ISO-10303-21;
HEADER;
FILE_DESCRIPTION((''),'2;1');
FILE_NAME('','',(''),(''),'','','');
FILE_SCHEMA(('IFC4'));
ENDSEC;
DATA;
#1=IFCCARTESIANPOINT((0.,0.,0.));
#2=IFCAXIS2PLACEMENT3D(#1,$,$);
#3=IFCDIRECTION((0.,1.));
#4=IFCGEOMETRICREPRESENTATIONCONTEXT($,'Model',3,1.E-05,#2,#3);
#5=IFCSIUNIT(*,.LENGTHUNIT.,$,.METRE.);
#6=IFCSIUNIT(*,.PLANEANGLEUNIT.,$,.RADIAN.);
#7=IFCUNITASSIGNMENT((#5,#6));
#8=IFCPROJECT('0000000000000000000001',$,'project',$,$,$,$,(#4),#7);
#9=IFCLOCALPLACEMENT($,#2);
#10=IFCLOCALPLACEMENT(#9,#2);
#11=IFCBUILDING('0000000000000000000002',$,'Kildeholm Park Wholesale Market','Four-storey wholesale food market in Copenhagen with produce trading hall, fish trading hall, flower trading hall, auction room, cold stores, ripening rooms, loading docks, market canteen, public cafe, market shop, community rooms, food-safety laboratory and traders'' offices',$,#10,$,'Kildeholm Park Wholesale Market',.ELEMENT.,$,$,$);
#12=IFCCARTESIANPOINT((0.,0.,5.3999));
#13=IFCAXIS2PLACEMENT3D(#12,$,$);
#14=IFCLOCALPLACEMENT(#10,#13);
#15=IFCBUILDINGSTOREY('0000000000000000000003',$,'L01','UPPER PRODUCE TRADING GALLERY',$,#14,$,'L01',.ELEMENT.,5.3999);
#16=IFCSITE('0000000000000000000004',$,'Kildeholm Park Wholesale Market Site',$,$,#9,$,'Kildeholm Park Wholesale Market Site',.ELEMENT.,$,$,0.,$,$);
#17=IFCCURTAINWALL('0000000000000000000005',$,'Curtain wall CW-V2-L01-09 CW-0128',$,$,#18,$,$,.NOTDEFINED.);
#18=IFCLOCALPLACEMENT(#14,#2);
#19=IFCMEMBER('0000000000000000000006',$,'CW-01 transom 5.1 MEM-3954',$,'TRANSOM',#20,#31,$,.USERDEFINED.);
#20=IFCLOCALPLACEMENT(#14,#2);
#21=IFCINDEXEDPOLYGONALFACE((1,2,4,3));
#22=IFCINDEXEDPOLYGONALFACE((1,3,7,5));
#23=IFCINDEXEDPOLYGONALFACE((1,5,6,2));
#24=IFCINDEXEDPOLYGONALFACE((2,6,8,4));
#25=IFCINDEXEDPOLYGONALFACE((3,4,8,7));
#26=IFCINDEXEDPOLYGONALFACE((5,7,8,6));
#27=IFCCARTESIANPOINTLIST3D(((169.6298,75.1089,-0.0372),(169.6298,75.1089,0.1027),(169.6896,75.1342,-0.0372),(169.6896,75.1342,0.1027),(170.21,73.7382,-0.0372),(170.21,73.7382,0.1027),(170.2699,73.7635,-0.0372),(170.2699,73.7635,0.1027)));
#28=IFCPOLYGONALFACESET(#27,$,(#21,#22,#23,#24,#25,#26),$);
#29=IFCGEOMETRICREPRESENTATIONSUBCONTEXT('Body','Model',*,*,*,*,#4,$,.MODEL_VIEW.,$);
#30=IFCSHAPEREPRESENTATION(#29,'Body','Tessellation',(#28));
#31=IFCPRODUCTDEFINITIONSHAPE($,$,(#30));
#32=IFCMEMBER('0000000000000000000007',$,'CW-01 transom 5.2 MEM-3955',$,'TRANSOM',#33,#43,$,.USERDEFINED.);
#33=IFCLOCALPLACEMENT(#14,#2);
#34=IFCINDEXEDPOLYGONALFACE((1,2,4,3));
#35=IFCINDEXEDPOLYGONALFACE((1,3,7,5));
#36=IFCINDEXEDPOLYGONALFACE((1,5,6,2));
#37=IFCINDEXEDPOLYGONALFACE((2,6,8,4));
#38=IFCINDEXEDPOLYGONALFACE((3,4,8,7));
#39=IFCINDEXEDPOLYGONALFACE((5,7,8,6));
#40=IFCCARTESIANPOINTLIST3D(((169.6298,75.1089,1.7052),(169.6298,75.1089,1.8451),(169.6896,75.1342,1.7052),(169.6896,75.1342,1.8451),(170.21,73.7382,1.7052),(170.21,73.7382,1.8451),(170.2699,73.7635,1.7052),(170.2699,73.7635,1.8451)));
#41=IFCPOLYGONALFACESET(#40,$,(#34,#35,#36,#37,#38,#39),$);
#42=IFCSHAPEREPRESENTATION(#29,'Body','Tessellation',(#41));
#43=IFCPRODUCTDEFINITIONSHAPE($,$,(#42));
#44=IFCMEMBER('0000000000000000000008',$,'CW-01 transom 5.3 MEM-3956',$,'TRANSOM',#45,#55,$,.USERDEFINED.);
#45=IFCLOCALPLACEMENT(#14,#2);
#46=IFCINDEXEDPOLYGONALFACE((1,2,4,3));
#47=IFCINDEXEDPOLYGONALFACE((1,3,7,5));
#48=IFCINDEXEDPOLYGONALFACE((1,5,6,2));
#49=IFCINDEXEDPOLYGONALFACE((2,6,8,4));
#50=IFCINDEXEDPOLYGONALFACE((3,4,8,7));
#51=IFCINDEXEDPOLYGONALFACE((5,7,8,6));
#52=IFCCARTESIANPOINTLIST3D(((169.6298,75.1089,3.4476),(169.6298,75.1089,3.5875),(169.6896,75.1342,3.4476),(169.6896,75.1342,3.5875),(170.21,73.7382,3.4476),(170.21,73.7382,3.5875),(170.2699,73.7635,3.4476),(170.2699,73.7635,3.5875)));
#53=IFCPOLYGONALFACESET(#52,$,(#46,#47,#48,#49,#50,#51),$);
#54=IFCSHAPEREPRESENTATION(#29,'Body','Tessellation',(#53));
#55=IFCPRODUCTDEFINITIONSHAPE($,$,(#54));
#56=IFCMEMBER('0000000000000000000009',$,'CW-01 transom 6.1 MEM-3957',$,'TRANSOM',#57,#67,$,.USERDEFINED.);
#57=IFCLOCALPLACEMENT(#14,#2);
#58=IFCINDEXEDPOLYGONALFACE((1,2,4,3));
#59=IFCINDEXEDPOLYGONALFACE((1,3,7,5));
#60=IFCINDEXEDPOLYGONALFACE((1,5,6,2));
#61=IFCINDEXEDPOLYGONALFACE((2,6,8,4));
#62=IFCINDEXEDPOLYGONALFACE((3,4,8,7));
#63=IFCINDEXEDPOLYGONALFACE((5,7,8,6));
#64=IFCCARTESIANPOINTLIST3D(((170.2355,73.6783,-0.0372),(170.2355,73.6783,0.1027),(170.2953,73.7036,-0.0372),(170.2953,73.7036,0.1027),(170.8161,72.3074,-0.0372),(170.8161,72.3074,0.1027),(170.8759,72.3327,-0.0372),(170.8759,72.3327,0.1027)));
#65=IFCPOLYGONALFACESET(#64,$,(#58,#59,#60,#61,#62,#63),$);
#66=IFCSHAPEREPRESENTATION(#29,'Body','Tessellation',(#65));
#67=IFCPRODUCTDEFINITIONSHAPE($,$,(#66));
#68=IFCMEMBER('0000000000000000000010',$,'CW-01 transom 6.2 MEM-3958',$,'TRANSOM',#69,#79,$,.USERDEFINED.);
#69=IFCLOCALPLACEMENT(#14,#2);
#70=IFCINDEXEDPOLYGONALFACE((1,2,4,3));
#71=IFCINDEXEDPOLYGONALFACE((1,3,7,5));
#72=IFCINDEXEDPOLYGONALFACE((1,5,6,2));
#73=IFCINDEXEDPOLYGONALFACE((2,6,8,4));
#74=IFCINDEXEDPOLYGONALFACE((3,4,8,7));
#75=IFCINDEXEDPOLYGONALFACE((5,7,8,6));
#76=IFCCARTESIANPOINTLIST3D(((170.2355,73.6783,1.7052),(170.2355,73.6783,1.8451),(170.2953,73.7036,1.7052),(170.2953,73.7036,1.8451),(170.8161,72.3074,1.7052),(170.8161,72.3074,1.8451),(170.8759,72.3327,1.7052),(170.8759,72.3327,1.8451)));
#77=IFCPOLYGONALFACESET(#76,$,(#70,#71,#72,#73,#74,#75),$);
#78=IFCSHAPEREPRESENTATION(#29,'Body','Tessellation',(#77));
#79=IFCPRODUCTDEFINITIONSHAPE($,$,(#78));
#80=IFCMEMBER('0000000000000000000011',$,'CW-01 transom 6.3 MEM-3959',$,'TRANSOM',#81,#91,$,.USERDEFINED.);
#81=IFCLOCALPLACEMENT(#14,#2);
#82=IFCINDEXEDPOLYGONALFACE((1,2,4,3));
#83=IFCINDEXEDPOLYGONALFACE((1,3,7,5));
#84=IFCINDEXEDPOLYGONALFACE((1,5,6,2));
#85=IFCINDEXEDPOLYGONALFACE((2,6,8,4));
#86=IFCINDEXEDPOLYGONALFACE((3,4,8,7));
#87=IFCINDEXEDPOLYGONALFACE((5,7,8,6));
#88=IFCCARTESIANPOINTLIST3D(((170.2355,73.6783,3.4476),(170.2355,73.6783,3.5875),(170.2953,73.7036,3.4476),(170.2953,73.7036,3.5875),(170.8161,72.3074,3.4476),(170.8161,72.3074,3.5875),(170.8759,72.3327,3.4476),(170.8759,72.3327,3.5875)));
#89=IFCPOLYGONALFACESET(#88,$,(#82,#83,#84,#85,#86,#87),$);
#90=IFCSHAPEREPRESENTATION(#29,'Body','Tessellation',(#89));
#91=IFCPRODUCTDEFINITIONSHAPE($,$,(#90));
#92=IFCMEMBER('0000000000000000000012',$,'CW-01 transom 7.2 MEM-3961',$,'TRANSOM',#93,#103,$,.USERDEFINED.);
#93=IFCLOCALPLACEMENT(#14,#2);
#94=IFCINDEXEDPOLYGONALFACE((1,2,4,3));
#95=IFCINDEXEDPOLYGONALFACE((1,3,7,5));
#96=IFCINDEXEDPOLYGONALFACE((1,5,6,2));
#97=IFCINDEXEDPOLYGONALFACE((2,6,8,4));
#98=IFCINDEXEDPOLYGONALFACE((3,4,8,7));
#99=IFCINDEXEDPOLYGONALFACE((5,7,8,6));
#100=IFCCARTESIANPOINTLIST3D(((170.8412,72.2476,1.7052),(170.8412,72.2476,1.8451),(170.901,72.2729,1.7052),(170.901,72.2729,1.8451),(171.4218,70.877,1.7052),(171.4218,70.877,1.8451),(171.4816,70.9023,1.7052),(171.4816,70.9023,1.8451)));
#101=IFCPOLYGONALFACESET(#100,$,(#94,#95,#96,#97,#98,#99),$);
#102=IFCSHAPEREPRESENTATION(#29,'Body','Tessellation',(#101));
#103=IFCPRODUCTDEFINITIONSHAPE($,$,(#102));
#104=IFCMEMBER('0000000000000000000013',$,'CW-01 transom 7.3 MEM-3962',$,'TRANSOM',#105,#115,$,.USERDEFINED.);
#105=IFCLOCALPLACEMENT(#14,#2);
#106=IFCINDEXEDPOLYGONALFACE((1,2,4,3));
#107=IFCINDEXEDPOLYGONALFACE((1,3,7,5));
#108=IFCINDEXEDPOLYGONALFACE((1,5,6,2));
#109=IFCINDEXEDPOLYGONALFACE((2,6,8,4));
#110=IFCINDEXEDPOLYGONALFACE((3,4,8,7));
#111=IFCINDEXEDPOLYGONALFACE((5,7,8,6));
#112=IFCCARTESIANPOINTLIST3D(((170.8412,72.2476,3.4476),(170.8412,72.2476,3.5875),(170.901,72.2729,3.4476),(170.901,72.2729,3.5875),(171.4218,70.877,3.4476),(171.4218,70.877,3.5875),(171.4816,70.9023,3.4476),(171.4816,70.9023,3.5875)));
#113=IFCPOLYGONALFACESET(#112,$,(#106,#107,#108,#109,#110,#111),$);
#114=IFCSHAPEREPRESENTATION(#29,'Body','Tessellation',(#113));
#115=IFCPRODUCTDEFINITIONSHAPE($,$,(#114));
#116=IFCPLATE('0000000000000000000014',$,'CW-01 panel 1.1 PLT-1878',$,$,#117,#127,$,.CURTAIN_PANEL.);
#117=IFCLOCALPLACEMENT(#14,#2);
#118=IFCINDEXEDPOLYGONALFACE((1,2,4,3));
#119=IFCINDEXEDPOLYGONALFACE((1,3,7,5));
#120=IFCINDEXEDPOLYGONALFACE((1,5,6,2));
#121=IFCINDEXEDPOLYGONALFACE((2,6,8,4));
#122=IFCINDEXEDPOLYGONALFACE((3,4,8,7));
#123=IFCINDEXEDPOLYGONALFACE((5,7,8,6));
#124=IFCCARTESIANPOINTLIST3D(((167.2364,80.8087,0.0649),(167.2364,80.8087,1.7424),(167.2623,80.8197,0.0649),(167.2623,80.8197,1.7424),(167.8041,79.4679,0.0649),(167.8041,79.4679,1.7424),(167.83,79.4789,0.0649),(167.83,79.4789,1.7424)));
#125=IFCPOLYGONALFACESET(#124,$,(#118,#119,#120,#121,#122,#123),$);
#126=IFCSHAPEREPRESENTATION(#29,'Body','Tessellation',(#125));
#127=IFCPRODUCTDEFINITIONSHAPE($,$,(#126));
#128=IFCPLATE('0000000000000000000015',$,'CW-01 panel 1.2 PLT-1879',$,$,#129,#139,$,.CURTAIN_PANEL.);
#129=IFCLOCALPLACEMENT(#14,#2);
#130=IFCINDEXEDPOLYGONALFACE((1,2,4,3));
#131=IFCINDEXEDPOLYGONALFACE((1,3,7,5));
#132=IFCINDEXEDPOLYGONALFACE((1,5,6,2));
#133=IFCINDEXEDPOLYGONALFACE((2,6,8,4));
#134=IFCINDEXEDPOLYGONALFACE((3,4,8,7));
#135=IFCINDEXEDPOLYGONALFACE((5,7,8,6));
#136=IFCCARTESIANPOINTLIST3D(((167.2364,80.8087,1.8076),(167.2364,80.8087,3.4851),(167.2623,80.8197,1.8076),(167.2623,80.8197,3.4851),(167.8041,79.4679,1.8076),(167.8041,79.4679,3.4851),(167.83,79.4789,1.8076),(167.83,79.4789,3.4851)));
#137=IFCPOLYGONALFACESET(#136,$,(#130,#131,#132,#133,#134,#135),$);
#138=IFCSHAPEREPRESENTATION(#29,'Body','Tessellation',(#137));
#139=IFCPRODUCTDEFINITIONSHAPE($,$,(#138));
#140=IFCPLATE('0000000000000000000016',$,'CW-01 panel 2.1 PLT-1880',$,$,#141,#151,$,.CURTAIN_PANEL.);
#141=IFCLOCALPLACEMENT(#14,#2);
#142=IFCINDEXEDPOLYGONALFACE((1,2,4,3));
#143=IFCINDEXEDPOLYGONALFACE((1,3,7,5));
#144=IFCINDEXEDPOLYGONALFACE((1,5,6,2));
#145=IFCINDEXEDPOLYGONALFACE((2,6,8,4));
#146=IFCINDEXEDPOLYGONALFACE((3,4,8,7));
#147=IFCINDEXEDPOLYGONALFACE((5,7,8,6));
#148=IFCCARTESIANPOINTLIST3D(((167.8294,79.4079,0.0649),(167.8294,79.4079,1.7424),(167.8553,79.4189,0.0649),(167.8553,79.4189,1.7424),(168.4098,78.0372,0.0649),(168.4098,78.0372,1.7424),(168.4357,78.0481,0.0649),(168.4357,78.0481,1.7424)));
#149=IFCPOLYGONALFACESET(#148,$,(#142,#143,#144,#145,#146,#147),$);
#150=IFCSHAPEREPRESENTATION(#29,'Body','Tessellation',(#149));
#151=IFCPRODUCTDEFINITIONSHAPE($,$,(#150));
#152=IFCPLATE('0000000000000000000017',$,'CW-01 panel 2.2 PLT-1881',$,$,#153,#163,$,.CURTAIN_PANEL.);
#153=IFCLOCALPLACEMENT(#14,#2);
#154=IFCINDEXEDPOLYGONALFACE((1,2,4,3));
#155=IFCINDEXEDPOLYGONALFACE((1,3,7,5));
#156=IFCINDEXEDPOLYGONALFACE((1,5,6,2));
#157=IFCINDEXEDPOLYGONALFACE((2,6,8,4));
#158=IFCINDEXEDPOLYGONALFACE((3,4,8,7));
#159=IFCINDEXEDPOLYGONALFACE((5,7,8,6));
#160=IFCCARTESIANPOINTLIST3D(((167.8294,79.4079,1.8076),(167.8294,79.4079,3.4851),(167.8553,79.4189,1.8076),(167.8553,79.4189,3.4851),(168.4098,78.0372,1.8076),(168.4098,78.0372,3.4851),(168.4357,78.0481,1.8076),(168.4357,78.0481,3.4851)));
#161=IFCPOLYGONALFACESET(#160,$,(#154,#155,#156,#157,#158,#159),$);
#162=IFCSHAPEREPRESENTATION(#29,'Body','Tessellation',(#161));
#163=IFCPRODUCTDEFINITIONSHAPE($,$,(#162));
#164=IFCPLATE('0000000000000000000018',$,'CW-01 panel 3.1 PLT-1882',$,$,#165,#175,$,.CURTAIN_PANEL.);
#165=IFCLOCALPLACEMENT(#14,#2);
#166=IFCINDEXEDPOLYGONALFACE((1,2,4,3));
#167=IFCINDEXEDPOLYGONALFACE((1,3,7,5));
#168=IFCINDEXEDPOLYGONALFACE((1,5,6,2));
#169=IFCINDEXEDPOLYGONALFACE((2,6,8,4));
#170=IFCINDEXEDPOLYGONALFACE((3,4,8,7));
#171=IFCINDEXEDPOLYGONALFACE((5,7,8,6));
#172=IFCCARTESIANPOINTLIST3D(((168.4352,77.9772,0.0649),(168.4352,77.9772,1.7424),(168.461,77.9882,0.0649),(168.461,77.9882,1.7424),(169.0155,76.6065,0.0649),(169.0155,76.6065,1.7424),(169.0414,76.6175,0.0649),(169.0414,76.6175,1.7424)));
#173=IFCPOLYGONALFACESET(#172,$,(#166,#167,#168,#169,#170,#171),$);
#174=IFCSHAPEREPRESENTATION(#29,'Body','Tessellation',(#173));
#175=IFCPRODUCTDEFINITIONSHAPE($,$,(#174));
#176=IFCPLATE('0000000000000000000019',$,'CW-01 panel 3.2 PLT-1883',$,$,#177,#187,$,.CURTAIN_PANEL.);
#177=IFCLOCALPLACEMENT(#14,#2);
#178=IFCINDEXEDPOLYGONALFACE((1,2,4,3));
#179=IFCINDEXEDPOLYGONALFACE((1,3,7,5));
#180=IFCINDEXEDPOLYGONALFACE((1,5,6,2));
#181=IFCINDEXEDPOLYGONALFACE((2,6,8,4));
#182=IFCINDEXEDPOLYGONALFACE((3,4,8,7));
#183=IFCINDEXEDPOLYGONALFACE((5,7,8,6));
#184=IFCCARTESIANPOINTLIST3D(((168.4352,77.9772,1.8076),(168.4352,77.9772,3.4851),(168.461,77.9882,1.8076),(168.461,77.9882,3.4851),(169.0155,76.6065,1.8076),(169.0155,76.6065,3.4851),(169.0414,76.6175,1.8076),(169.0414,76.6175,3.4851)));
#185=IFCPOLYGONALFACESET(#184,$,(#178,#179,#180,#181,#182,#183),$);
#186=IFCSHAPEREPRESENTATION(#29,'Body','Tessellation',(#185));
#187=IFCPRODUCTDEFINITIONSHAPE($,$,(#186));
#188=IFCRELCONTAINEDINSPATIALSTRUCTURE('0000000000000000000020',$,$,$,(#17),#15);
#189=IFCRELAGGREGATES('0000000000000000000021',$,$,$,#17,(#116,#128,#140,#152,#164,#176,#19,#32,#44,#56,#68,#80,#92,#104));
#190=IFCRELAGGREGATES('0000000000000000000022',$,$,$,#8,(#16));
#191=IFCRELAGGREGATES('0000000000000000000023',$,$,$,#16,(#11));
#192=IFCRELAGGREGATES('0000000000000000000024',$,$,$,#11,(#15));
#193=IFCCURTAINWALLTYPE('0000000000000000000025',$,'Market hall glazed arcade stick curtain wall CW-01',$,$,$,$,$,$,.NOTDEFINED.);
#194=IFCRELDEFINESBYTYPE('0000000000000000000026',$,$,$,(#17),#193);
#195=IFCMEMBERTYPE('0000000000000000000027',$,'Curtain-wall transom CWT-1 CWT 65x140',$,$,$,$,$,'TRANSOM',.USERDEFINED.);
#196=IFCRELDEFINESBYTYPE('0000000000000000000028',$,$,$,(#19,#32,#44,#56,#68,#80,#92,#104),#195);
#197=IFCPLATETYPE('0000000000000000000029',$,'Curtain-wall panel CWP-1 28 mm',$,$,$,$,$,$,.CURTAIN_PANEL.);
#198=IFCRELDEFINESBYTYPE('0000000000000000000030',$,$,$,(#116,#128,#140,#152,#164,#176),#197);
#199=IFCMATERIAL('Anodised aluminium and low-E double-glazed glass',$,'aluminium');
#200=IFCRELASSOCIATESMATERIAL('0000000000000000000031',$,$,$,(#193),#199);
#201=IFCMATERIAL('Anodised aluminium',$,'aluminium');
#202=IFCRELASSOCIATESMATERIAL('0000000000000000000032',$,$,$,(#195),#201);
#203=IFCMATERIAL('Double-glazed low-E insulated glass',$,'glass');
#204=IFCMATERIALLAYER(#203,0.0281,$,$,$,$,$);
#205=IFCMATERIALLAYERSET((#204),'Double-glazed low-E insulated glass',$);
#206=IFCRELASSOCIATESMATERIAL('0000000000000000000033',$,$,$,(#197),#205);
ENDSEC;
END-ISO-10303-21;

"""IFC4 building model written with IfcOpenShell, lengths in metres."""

from ifc_helpers import new_model, si_unit, direction, frame, origin, origin_2d, place, context, subcontext, project, spatial, rectangle, extrude, material, layer, layer_set, material_profile, profile_set, type_object, element, aggregate, save


model = new_model("IFC4")

# Units and contexts
model_context = context("Model", 3, precision=1e-05, world=origin(), true_north=direction((0.0, 1.0)))
body_context = subcontext(model_context, "Body", "Model", "MODEL_VIEW")
ifc_project = project(units=[si_unit("LENGTHUNIT", "METRE"), si_unit("PLANEANGLEUNIT", "RADIAN")], contexts=[model_context])

# Site, building, storey
site_placement = place(None, origin())
site = spatial("IfcSite", under=ifc_project, at=site_placement, Name="Kildeholm Park Wholesale Market Site", LongName="Kildeholm Park Wholesale Market Site", CompositionType="ELEMENT", RefElevation=0.0)
building_placement = place(site_placement, origin())
building = spatial("IfcBuilding", under=site, at=building_placement, Name="Kildeholm Park Wholesale Market", Description="Four-storey wholesale food market in Copenhagen with produce trading hall, fish trading hall, flower trading hall, auction room, cold stores, ripening rooms, loading docks, market canteen, public cafe, market shop, community rooms, food-safety laboratory and traders' offices", LongName="Kildeholm Park Wholesale Market", CompositionType="ELEMENT")
storey_placement = place(building_placement, frame((0.0, 0.0, 5.3999)))
storey = spatial("IfcBuildingStorey", under=building, at=storey_placement, Name="L01", Description="UPPER PRODUCE TRADING GALLERY", LongName="L01", CompositionType="ELEMENT", Elevation=5.3999)

# Curtain wall, members, plates
ifc_material_1 = material(Name="Anodised aluminium and low-E double-glazed glass", Category="aluminium")
curtain_wall_type = type_object("IfcCurtainWallType", Name="Market hall glazed arcade stick curtain wall CW-01", PredefinedType="NOTDEFINED", material=ifc_material_1)
curtain_wall_placement = place(storey_placement, origin())
curtain_wall = element("IfcCurtainWall", 1, at=curtain_wall_placement, inside=storey, type_object=curtain_wall_type, Name="Curtain wall CW-V2-L01-09 CW-0128", PredefinedType="NOTDEFINED")
ifc_material_2 = material(Name="Anodised aluminium", Category="aluminium")
ifc_material_profile_1 = material_profile(ifc_material_2, rectangle(XDim=0.0649, YDim=0.1399, at=origin_2d()), Name="CWT 65x140")
ifc_profile_set_1 = profile_set([ifc_material_profile_1], Name="Anodised aluminium")
member_type_1 = type_object("IfcMemberType", Name="Curtain-wall transom CWT-1 CWT 65x140", ElementType="TRANSOM", PredefinedType="USERDEFINED", material=ifc_profile_set_1)
member_1_placement = place(storey_placement, frame((169.6597, 75.1216, 0.0327), z_axis=(0.389838, -0.920883, 0.0), x_axis=(0.920883, 0.389838, 0.0)))
member_1 = element("IfcMember", 2, at=member_1_placement, type_object=member_type_1, Name="CW-01 transom 5.1 MEM-3954", ObjectType="TRANSOM", PredefinedType="USERDEFINED", context=body_context, shape_type="SweptSolid", body=[
    extrude(rectangle(XDim=0.0649, YDim=0.1399, at=origin_2d()), origin(), (0.0, 0.0, 1.0), 1.4885),
])
member_2_placement = place(storey_placement, frame((169.6597, 75.1216, 1.7751), z_axis=(0.389838, -0.920883, 0.0), x_axis=(0.920883, 0.389838, 0.0)))
member_2 = element("IfcMember", 3, at=member_2_placement, type_object=member_type_1, Name="CW-01 transom 5.2 MEM-3955", ObjectType="TRANSOM", PredefinedType="USERDEFINED", context=body_context, shape_type="SweptSolid", body=[
    extrude(rectangle(XDim=0.0649, YDim=0.1399, at=origin_2d()), origin(), (0.0, 0.0, 1.0), 1.4885),
])
member_3_placement = place(storey_placement, frame((169.6597, 75.1216, 3.5176), z_axis=(0.389838, -0.920883, 0.0), x_axis=(0.920883, 0.389838, 0.0)))
member_3 = element("IfcMember", 4, at=member_3_placement, type_object=member_type_1, Name="CW-01 transom 5.3 MEM-3956", ObjectType="TRANSOM", PredefinedType="USERDEFINED", context=body_context, shape_type="SweptSolid", body=[
    extrude(rectangle(XDim=0.0649, YDim=0.1399, at=origin_2d()), origin(), (0.0, 0.0, 1.0), 1.4885),
])
member_4_placement = place(storey_placement, frame((170.2654, 73.6909, 0.0327), z_axis=(0.389977, -0.920825, 0.0), x_axis=(0.920825, 0.389977, 0.0)))
member_4 = element("IfcMember", 5, at=member_4_placement, type_object=member_type_1, Name="CW-01 transom 6.1 MEM-3957", ObjectType="TRANSOM", PredefinedType="USERDEFINED", context=body_context, shape_type="SweptSolid", body=[
    extrude(rectangle(XDim=0.0649, YDim=0.1399, at=origin_2d()), origin(), (0.0, 0.0, 1.0), 1.4888),
])
member_5_placement = place(storey_placement, frame((170.2654, 73.6909, 1.7751), z_axis=(0.389977, -0.920825, 0.0), x_axis=(0.920825, 0.389977, 0.0)))
member_5 = element("IfcMember", 6, at=member_5_placement, type_object=member_type_1, Name="CW-01 transom 6.2 MEM-3958", ObjectType="TRANSOM", PredefinedType="USERDEFINED", context=body_context, shape_type="SweptSolid", body=[
    extrude(rectangle(XDim=0.0649, YDim=0.1399, at=origin_2d()), origin(), (0.0, 0.0, 1.0), 1.4888),
])
member_6_placement = place(storey_placement, frame((170.2654, 73.6909, 3.5176), z_axis=(0.389977, -0.920825, 0.0), x_axis=(0.920825, 0.389977, 0.0)))
member_6 = element("IfcMember", 7, at=member_6_placement, type_object=member_type_1, Name="CW-01 transom 6.3 MEM-3959", ObjectType="TRANSOM", PredefinedType="USERDEFINED", context=body_context, shape_type="SweptSolid", body=[
    extrude(rectangle(XDim=0.0649, YDim=0.1399, at=origin_2d()), origin(), (0.0, 0.0, 1.0), 1.4888),
])
member_7_placement = place(storey_placement, frame((170.8711, 72.2603, 1.7751), z_axis=(0.390036, -0.9208, 0.0), x_axis=(0.9208, 0.390036, 0.0)))
member_7 = element("IfcMember", 8, at=member_7_placement, type_object=member_type_1, Name="CW-01 transom 7.2 MEM-3961", ObjectType="TRANSOM", PredefinedType="USERDEFINED", context=body_context, shape_type="SweptSolid", body=[
    extrude(rectangle(XDim=0.0649, YDim=0.1399, at=origin_2d()), origin(), (0.0, 0.0, 1.0), 1.4885),
])
member_8_placement = place(storey_placement, frame((170.8711, 72.2603, 3.5176), z_axis=(0.390036, -0.9208, 0.0), x_axis=(0.9208, 0.390036, 0.0)))
member_8 = element("IfcMember", 9, at=member_8_placement, type_object=member_type_1, Name="CW-01 transom 7.3 MEM-3962", ObjectType="TRANSOM", PredefinedType="USERDEFINED", context=body_context, shape_type="SweptSolid", body=[
    extrude(rectangle(XDim=0.0649, YDim=0.1399, at=origin_2d()), origin(), (0.0, 0.0, 1.0), 1.4885),
])
ifc_material_3 = material(Name="Double-glazed low-E insulated glass", Category="glass")
ifc_layer = layer(ifc_material_3, 0.0281)
ifc_layer_set = layer_set([ifc_layer], Name="Double-glazed low-E insulated glass")
plate_type = type_object("IfcPlateType", Name="Curtain-wall panel CWP-1 28 mm", PredefinedType="CURTAIN_PANEL", material=ifc_layer_set)
plate_1_placement = place(storey_placement, frame((167.5332, 80.1438, 0.0649), z_axis=(0.0, 0.0, 1.0), x_axis=(0.389905, -0.920855, 0.0)))
plate_1 = element("IfcPlate", 10, at=plate_1_placement, type_object=plate_type, Name="CW-01 panel 1.1 PLT-1878", PredefinedType="CURTAIN_PANEL", context=body_context, shape_type="SweptSolid", body=[
    extrude(rectangle(XDim=1.4561, YDim=0.0281, at=origin_2d()), origin(), (0.0, 0.0, 1.0), 1.6775),
])
plate_2_placement = place(storey_placement, frame((167.5332, 80.1438, 1.8076), z_axis=(0.0, 0.0, 1.0), x_axis=(0.389905, -0.920855, 0.0)))
plate_2 = element("IfcPlate", 11, at=plate_2_placement, type_object=plate_type, Name="CW-01 panel 1.2 PLT-1879", PredefinedType="CURTAIN_PANEL", context=body_context, shape_type="SweptSolid", body=[
    extrude(rectangle(XDim=1.4561, YDim=0.0281, at=origin_2d()), origin(), (0.0, 0.0, 1.0), 1.6775),
])
plate_3_placement = place(storey_placement, frame((168.1326, 78.728, 0.0649), z_axis=(0.0, 0.0, 1.0), x_axis=(0.389905, -0.920855, 0.0)))
plate_3 = element("IfcPlate", 12, at=plate_3_placement, type_object=plate_type, Name="CW-01 panel 2.1 PLT-1880", PredefinedType="CURTAIN_PANEL", context=body_context, shape_type="SweptSolid", body=[
    extrude(rectangle(XDim=1.4885, YDim=0.0281, at=origin_2d()), origin(), (0.0, 0.0, 1.0), 1.6775),
])
plate_4_placement = place(storey_placement, frame((168.1326, 78.728, 1.8076), z_axis=(0.0, 0.0, 1.0), x_axis=(0.389905, -0.920855, 0.0)))
plate_4 = element("IfcPlate", 13, at=plate_4_placement, type_object=plate_type, Name="CW-01 panel 2.2 PLT-1881", PredefinedType="CURTAIN_PANEL", context=body_context, shape_type="SweptSolid", body=[
    extrude(rectangle(XDim=1.4885, YDim=0.0281, at=origin_2d()), origin(), (0.0, 0.0, 1.0), 1.6775),
])
plate_5_placement = place(storey_placement, frame((168.7383, 77.2974, 0.0649), z_axis=(0.0, 0.0, 1.0), x_axis=(0.389905, -0.920855, 0.0)))
plate_5 = element("IfcPlate", 14, at=plate_5_placement, type_object=plate_type, Name="CW-01 panel 3.1 PLT-1882", PredefinedType="CURTAIN_PANEL", context=body_context, shape_type="SweptSolid", body=[
    extrude(rectangle(XDim=1.4885, YDim=0.0281, at=origin_2d()), origin(), (0.0, 0.0, 1.0), 1.6775),
])
plate_6_placement = place(storey_placement, frame((168.7383, 77.2974, 1.8076), z_axis=(0.0, 0.0, 1.0), x_axis=(0.389905, -0.920855, 0.0)))
plate_6 = element("IfcPlate", 15, at=plate_6_placement, type_object=plate_type, Name="CW-01 panel 3.2 PLT-1883", PredefinedType="CURTAIN_PANEL", context=body_context, shape_type="SweptSolid", body=[
    extrude(rectangle(XDim=1.4885, YDim=0.0281, at=origin_2d()), origin(), (0.0, 0.0, 1.0), 1.6775),
])
aggregate(curtain_wall, [plate_1, plate_2, plate_3, plate_4, plate_5, plate_6, member_1, member_2, member_3, member_4, member_5, member_6, member_7, member_8])

save(model, "model.ifc")
